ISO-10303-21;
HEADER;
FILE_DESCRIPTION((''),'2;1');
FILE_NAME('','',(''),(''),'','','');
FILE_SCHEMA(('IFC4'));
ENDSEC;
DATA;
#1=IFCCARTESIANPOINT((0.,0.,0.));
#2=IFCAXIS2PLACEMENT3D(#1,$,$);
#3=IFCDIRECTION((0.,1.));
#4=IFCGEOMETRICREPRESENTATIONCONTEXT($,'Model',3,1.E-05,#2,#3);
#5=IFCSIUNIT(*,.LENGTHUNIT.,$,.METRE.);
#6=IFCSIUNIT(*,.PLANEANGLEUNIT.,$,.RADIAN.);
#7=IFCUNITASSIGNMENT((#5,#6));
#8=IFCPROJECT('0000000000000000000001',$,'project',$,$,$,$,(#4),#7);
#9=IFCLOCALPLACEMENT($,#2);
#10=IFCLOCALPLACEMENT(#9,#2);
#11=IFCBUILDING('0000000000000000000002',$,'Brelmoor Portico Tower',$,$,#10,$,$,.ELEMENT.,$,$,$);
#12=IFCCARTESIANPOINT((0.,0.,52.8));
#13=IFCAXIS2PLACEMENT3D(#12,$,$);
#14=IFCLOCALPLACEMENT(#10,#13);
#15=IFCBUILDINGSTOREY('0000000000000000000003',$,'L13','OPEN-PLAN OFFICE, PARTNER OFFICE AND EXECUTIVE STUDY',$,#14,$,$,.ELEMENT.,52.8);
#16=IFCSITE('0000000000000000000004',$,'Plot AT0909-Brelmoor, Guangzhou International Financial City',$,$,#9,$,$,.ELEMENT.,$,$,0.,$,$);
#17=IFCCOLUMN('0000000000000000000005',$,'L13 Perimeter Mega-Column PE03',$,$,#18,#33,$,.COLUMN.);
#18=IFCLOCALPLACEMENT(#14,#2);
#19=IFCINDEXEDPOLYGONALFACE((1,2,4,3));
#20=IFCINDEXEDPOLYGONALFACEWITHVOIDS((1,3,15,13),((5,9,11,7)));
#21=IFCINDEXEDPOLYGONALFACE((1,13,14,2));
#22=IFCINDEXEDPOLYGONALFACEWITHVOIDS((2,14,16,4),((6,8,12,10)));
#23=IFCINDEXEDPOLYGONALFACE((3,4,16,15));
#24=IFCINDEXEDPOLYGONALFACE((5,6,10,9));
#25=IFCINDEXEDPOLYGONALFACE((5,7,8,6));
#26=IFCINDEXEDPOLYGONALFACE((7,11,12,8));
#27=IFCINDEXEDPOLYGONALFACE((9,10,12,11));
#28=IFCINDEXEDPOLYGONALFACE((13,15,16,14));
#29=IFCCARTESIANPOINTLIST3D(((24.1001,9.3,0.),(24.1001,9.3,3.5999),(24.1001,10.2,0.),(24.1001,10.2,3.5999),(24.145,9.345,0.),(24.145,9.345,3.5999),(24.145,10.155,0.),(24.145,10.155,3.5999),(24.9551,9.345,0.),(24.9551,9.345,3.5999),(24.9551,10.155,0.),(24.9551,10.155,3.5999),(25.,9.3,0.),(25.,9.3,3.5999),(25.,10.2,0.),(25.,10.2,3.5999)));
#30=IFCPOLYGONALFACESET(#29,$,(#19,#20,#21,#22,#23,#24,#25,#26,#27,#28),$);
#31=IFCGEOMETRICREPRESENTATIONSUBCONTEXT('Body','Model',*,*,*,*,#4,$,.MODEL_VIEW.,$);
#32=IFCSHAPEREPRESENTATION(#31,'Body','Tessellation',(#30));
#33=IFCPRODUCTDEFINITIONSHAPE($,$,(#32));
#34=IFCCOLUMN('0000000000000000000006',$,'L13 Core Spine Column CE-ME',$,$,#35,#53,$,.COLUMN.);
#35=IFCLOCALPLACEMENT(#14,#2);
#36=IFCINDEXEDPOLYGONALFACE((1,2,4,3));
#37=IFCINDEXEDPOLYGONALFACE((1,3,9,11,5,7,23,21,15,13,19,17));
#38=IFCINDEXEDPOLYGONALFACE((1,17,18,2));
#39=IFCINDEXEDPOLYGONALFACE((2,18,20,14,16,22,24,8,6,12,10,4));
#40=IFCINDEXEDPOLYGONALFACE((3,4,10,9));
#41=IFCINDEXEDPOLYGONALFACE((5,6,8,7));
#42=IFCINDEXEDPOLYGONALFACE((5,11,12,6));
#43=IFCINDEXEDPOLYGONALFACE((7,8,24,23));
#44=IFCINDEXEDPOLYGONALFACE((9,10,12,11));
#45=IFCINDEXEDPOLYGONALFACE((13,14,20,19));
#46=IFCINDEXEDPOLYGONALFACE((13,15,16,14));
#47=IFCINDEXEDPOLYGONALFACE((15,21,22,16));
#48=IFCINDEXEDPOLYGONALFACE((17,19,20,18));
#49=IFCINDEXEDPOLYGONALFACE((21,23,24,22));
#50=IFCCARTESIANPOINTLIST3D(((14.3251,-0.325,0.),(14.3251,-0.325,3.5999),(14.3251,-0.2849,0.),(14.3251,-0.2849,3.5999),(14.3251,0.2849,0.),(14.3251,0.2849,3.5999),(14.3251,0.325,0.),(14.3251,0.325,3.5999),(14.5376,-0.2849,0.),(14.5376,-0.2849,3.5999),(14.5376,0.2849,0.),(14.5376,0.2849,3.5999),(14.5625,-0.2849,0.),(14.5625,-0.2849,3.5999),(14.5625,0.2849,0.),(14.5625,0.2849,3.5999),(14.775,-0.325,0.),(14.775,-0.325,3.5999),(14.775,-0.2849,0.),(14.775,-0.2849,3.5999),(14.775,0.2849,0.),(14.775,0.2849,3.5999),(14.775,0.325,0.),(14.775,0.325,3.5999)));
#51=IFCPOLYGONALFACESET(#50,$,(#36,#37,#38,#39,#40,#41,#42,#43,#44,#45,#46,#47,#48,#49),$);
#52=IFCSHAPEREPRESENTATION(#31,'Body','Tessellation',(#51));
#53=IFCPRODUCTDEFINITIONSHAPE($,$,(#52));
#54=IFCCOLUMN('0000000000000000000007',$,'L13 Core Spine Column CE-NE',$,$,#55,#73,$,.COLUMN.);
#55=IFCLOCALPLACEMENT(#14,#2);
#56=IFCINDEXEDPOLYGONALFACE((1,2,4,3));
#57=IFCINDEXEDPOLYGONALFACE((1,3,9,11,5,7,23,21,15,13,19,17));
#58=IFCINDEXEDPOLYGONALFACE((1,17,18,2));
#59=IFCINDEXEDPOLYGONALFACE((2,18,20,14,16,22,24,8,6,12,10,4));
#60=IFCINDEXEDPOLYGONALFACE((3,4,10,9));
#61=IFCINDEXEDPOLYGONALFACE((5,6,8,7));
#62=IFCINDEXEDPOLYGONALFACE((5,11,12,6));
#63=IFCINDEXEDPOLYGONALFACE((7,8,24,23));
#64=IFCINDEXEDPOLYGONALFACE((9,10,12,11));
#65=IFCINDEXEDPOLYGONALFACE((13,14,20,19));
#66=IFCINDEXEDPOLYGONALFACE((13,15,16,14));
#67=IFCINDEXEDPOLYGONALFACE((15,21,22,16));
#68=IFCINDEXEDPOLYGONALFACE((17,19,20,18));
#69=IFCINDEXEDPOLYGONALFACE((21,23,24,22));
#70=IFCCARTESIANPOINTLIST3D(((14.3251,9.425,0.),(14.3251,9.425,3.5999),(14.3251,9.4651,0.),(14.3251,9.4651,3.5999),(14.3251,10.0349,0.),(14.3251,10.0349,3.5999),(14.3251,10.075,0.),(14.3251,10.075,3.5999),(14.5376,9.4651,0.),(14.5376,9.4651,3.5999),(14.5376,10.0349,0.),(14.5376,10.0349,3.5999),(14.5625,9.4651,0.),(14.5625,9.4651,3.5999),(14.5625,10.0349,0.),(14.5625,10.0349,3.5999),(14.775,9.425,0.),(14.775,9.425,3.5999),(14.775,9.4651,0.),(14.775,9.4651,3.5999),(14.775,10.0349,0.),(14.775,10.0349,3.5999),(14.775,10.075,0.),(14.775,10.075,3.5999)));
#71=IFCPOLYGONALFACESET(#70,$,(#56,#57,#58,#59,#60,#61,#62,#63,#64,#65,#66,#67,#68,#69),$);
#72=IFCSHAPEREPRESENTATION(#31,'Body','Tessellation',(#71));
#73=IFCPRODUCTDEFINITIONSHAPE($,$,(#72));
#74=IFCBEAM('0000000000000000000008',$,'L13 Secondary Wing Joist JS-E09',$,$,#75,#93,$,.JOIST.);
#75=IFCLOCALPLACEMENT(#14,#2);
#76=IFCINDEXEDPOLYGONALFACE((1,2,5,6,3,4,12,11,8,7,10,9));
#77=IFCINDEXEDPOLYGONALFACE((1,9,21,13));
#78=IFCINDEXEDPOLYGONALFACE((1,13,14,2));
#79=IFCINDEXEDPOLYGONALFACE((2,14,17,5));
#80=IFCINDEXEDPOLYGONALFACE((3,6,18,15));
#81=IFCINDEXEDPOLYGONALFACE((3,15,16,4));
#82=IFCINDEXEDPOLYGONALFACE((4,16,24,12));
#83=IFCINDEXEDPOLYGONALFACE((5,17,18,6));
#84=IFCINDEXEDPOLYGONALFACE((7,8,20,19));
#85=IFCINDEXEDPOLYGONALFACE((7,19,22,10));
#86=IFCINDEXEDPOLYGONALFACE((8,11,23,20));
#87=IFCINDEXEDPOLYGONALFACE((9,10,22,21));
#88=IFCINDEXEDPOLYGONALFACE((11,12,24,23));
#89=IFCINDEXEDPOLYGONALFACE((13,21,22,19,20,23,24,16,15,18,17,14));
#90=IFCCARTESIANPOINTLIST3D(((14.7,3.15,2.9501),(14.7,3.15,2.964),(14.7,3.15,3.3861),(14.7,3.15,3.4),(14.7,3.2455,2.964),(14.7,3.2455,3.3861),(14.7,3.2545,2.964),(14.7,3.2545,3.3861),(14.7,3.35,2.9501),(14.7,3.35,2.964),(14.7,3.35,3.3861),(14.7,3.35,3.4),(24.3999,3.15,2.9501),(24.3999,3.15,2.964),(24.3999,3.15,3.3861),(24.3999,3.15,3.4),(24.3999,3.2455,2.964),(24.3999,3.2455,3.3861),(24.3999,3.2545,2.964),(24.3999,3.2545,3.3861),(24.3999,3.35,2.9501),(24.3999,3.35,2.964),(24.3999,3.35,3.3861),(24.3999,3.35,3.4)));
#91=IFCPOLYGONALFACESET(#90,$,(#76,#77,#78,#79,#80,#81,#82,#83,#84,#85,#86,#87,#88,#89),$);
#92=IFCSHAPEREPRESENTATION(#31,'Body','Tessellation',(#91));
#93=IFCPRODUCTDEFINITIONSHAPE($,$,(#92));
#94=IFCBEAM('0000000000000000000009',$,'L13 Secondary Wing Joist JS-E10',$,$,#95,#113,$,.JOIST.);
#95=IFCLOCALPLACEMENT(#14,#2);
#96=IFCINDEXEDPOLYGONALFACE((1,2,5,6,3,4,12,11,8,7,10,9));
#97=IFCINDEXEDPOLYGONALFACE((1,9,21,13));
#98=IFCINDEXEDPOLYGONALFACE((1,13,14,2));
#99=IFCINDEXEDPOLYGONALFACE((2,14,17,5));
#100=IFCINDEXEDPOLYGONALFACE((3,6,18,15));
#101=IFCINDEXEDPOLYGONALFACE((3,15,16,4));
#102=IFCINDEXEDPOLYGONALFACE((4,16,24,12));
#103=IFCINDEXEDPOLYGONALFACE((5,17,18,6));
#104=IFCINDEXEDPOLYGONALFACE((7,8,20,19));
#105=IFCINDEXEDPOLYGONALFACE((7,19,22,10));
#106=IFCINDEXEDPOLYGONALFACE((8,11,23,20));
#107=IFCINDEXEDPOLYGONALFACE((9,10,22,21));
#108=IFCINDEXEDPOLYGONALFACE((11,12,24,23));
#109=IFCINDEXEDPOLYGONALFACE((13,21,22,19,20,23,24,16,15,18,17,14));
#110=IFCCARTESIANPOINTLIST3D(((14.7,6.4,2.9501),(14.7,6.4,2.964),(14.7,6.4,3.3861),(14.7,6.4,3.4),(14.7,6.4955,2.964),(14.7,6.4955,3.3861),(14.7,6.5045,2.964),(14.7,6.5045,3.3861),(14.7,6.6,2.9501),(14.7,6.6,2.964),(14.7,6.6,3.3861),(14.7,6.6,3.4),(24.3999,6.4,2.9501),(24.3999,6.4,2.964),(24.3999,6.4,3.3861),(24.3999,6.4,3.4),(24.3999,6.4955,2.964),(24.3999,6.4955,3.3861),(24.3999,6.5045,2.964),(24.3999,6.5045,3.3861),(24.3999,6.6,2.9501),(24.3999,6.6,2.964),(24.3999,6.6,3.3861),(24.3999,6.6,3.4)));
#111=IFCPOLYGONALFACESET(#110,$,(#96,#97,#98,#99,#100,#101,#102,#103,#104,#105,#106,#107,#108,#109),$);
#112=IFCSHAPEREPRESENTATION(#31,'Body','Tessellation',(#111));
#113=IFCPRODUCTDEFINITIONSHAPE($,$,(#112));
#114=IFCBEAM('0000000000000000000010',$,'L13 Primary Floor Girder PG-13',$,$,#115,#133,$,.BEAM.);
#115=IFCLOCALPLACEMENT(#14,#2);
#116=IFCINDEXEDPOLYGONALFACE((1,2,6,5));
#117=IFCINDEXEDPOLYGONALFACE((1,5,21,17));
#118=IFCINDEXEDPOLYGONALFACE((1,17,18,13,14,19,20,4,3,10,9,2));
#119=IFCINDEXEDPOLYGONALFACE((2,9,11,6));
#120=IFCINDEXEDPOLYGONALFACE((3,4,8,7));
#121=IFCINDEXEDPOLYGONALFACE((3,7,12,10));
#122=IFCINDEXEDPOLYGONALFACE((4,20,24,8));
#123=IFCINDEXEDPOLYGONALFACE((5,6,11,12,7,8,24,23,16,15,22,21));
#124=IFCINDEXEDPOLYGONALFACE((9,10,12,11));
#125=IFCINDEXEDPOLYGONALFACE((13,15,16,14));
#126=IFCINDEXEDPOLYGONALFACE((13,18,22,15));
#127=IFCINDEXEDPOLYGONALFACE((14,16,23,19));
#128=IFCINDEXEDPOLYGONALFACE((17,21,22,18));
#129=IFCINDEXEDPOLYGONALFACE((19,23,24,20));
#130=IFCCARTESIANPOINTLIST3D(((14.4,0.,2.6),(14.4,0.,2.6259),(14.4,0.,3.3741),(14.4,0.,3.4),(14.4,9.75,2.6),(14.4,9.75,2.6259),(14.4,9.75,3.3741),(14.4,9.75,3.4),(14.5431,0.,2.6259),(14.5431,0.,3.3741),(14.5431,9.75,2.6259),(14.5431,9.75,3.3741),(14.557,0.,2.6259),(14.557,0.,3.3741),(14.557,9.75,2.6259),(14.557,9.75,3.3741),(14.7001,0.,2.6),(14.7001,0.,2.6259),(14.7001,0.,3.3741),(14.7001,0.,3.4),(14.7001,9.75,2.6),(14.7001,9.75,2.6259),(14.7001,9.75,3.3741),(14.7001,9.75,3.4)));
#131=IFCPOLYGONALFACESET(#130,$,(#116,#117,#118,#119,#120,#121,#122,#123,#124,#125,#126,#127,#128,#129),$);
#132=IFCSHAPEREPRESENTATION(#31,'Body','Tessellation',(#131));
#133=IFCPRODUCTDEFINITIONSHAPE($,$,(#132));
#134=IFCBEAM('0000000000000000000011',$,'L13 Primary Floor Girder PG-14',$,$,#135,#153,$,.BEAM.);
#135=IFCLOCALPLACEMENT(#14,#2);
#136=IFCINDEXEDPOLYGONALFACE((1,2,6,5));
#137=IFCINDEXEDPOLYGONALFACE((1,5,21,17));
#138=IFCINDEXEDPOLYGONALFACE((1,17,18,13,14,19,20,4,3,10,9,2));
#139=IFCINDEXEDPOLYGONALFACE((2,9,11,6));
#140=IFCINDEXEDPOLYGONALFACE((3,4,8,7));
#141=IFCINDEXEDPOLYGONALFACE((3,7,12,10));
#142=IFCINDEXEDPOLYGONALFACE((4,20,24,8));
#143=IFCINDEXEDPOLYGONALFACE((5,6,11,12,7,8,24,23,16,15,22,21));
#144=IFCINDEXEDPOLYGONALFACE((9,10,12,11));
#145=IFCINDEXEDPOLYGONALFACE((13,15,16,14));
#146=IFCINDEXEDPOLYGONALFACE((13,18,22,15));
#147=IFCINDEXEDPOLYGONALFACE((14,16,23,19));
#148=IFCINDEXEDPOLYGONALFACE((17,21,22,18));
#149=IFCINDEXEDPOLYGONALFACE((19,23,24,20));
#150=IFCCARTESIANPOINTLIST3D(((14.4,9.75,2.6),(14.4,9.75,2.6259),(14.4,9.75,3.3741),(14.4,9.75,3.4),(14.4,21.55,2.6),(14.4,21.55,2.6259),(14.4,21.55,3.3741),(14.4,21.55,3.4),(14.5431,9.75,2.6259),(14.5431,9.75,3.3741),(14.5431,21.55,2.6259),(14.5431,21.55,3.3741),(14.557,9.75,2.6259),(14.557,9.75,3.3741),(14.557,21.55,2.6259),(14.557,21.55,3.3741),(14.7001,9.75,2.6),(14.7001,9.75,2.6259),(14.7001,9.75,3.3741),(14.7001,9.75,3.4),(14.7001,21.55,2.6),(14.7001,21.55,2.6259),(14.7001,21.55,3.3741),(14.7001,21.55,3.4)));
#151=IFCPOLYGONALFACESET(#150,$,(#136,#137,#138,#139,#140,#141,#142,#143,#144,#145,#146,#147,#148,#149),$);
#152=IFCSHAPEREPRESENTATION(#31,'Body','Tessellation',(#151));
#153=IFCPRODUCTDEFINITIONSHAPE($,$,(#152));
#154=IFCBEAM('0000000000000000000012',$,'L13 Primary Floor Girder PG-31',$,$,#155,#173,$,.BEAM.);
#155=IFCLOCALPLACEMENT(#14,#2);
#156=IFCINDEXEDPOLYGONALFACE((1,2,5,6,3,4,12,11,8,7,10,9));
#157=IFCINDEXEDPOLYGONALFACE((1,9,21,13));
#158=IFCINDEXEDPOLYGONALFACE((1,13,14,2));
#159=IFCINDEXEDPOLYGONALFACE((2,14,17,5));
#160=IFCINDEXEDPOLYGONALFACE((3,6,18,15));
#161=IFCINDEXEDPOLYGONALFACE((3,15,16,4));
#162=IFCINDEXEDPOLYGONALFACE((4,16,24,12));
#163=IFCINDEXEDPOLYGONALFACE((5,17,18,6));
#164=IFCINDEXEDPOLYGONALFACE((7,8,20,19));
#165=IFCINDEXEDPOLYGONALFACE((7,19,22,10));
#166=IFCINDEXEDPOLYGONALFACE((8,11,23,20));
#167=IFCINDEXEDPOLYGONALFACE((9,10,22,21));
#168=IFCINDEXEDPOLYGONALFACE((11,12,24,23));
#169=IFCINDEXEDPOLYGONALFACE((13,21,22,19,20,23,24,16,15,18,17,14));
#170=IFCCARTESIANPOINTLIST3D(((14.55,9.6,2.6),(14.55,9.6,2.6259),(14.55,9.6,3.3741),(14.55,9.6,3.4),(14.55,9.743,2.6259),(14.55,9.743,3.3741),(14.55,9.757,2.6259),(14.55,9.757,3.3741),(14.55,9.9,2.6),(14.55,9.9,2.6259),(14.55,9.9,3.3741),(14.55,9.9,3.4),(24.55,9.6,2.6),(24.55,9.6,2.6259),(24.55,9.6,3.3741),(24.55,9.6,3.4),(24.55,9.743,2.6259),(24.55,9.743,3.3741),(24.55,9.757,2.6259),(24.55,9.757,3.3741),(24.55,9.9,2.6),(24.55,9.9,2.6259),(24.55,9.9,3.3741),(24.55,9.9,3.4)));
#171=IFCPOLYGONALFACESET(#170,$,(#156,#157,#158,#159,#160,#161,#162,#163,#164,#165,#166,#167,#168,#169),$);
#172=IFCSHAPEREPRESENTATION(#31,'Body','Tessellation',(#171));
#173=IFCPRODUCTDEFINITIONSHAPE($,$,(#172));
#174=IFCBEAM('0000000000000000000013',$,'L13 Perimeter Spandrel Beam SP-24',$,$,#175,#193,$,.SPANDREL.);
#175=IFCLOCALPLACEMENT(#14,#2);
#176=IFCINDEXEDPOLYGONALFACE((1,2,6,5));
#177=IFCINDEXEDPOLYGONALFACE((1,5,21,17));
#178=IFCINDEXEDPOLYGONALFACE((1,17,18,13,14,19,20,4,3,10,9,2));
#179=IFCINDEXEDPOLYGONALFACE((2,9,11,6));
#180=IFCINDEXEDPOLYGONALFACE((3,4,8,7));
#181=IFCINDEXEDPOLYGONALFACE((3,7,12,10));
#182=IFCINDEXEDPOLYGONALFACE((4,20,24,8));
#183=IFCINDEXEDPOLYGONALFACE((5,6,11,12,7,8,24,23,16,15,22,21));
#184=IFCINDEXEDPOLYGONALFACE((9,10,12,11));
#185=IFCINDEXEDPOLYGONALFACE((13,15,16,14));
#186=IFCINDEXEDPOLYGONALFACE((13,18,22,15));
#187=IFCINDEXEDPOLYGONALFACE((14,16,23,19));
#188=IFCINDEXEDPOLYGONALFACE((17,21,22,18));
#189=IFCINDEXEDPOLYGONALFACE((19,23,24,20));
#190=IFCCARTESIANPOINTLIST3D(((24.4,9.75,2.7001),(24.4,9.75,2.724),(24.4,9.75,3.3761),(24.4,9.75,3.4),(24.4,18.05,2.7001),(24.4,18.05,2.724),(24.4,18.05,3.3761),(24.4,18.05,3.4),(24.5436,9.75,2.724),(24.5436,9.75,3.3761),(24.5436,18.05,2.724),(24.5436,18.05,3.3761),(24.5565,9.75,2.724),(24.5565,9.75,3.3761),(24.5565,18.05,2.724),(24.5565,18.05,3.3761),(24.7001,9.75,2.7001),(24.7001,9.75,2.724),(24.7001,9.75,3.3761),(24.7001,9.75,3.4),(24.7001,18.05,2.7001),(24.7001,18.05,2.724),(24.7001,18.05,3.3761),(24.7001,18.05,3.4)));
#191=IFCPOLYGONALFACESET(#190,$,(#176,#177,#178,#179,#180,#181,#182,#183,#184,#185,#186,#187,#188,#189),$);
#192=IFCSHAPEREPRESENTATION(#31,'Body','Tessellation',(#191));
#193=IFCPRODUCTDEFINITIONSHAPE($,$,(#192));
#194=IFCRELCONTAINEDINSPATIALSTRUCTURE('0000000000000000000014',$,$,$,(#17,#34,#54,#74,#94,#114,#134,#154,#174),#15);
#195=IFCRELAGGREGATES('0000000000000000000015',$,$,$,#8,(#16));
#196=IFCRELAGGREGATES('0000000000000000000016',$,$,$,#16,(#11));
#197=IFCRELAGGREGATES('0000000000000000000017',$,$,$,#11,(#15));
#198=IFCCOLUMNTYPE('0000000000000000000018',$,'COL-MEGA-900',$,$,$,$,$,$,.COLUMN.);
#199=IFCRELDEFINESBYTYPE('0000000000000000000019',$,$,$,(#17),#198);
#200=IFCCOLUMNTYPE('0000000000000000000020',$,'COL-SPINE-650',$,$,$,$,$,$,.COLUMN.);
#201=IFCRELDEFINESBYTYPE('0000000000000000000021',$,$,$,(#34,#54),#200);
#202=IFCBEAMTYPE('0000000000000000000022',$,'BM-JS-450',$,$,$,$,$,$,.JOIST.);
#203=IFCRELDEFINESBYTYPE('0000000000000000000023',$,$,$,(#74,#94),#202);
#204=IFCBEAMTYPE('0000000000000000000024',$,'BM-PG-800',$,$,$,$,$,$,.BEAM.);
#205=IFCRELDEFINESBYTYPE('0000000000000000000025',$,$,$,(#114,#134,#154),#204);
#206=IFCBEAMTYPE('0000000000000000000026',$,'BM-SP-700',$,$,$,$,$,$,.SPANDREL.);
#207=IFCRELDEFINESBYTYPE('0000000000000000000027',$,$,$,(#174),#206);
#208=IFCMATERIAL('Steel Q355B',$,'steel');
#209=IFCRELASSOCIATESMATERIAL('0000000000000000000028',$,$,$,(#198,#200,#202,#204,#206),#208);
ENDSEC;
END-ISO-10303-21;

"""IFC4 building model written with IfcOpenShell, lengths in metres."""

from ifc_helpers import new_model, si_unit, direction, frame, origin, origin_2d, place, context, subcontext, project, spatial, hollow_rectangle, i_section, extrude, material, material_profile, profile_set, type_object, element, save


model = new_model("IFC4")

# Units and contexts
model_context = context("Model", 3, precision=1e-05, world=origin(), true_north=direction((0.0, 1.0)))
body_context = subcontext(model_context, "Body", "Model", "MODEL_VIEW")
ifc_project = project(units=[si_unit("LENGTHUNIT", "METRE"), si_unit("PLANEANGLEUNIT", "RADIAN")], contexts=[model_context])

# Site, building, storey
site_placement = place(None, origin())
site = spatial("IfcSite", under=ifc_project, at=site_placement, Name="Plot AT0909-Brelmoor, Guangzhou International Financial City", CompositionType="ELEMENT", RefElevation=0.0)
building_placement = place(site_placement, origin())
building = spatial("IfcBuilding", under=site, at=building_placement, Name="Brelmoor Portico Tower", CompositionType="ELEMENT")
storey_placement = place(building_placement, frame((0.0, 0.0, 52.8)))
storey = spatial("IfcBuildingStorey", under=building, at=storey_placement, Name="L13", Description="OPEN-PLAN OFFICE, PARTNER OFFICE AND EXECUTIVE STUDY", CompositionType="ELEMENT", Elevation=52.8)

# Columns
ifc_material_1 = material(Name="Steel Q355B", Category="steel")
ifc_material_profile_1 = material_profile(ifc_material_1, hollow_rectangle(XDim=0.8999, YDim=0.8999, WallThickness=0.0449, at=origin_2d()), Name="BOX 900x900x45")
ifc_profile_set_1 = profile_set([ifc_material_profile_1], Name="Steel Q355B")
column_type_1 = type_object("IfcColumnType", Name="COL-MEGA-900", PredefinedType="COLUMN", material=ifc_profile_set_1)
column_placement = place(storey_placement, frame((24.55, 9.75, 0.0), z_axis=(0.0, 0.0, 1.0), x_axis=(0.0, 1.0, 0.0)))
element("IfcColumn", 1, at=column_placement, inside=storey, type_object=column_type_1, Name="L13 Perimeter Mega-Column PE03", PredefinedType="COLUMN", context=body_context, shape_type="SweptSolid", body=[
    extrude(hollow_rectangle(XDim=0.8999, YDim=0.8999, WallThickness=0.0449, at=origin_2d()), origin(), (0.0, 0.0, 1.0), 3.5999),
])
ifc_material_profile_2 = material_profile(ifc_material_1, i_section(OverallWidth=0.45, OverallDepth=0.6499, WebThickness=0.0249, FlangeThickness=0.04, at=origin_2d()), Name="HW 650x450x25x40")
ifc_profile_set_2 = profile_set([ifc_material_profile_2], Name="Steel Q355B")
column_type_2 = type_object("IfcColumnType", Name="COL-SPINE-650", PredefinedType="COLUMN", material=ifc_profile_set_2)
for number, where, z_axis, x_axis, name in (
    (2, (14.55, 0.0, 0.0), (0.0, 0.0, 1.0), (1.0, 0.0, 0.0), "L13 Core Spine Column CE-ME"),
    (3, (14.55, 9.75, 0.0), (0.0, 0.0, 1.0), (1.0, 0.0, 0.0), "L13 Core Spine Column CE-NE"),
):
    element("IfcColumn", number, at=place(storey_placement, frame(where, z_axis=z_axis, x_axis=x_axis)), inside=storey, type_object=column_type_2, Name=name, PredefinedType="COLUMN", context=body_context, shape_type="SweptSolid", body=[
        extrude(i_section(OverallWidth=0.45, OverallDepth=0.6499, WebThickness=0.0249, FlangeThickness=0.04, at=origin_2d()), origin(), (0.0, 0.0, 1.0), 3.5999),
    ])

# Beams
ifc_material_profile_3 = material_profile(ifc_material_1, i_section(OverallWidth=0.2, OverallDepth=0.45, WebThickness=0.009, FlangeThickness=0.0139, at=origin_2d()), Name="HN 450x200x9x14")
ifc_profile_set_3 = profile_set([ifc_material_profile_3], Name="Steel Q355B")
beam_type_1 = type_object("IfcBeamType", Name="BM-JS-450", PredefinedType="JOIST", material=ifc_profile_set_3)
for number, where, z_axis, x_axis, name in (
    (4, (14.7, 3.25, 3.175), (1.0, 0.0, 0.0), (0.0, 1.0, 0.0), "L13 Secondary Wing Joist JS-E09"),
    (5, (14.7, 6.5, 3.175), (1.0, 0.0, 0.0), (0.0, 1.0, 0.0), "L13 Secondary Wing Joist JS-E10"),
):
    element("IfcBeam", number, at=place(storey_placement, frame(where, z_axis=z_axis, x_axis=x_axis)), inside=storey, type_object=beam_type_1, Name=name, PredefinedType="JOIST", context=body_context, shape_type="SweptSolid", body=[
        extrude(i_section(OverallWidth=0.2, OverallDepth=0.45, WebThickness=0.009, FlangeThickness=0.0139, at=origin_2d()), origin(), (0.0, 0.0, 1.0), 9.7),
    ])
ifc_material_profile_4 = material_profile(ifc_material_1, i_section(OverallWidth=0.3, OverallDepth=0.8, WebThickness=0.0139, FlangeThickness=0.0259, at=origin_2d()), Name="HN 800x300x14x26")
ifc_profile_set_4 = profile_set([ifc_material_profile_4], Name="Steel Q355B")
beam_type_2 = type_object("IfcBeamType", Name="BM-PG-800", PredefinedType="BEAM", material=ifc_profile_set_4)
beam_1_placement = place(storey_placement, frame((14.55, 0.0, 3.0), z_axis=(0.0, 1.0, 0.0), x_axis=(-1.0, 0.0, 0.0)))
element("IfcBeam", 6, at=beam_1_placement, inside=storey, type_object=beam_type_2, Name="L13 Primary Floor Girder PG-13", PredefinedType="BEAM", context=body_context, shape_type="SweptSolid", body=[
    extrude(i_section(OverallWidth=0.3, OverallDepth=0.8, WebThickness=0.0139, FlangeThickness=0.0259, at=origin_2d()), origin(), (0.0, 0.0, 1.0), 9.75),
])
beam_2_placement = place(storey_placement, frame((14.55, 9.75, 3.0), z_axis=(0.0, 1.0, 0.0), x_axis=(-1.0, 0.0, 0.0)))
element("IfcBeam", 7, at=beam_2_placement, inside=storey, type_object=beam_type_2, Name="L13 Primary Floor Girder PG-14", PredefinedType="BEAM", context=body_context, shape_type="SweptSolid", body=[
    extrude(i_section(OverallWidth=0.3, OverallDepth=0.8, WebThickness=0.0139, FlangeThickness=0.0259, at=origin_2d()), origin(), (0.0, 0.0, 1.0), 11.8),
])
beam_3_placement = place(storey_placement, frame((14.55, 9.75, 3.0), z_axis=(1.0, 0.0, 0.0), x_axis=(0.0, 1.0, 0.0)))
element("IfcBeam", 8, at=beam_3_placement, inside=storey, type_object=beam_type_2, Name="L13 Primary Floor Girder PG-31", PredefinedType="BEAM", context=body_context, shape_type="SweptSolid", body=[
    extrude(i_section(OverallWidth=0.3, OverallDepth=0.8, WebThickness=0.0139, FlangeThickness=0.0259, at=origin_2d()), origin(), (0.0, 0.0, 1.0), 10.0),
])
ifc_material_profile_5 = material_profile(ifc_material_1, i_section(OverallWidth=0.3, OverallDepth=0.7, WebThickness=0.0129, FlangeThickness=0.0239, at=origin_2d()), Name="HN 700x300x13x24")
ifc_profile_set_5 = profile_set([ifc_material_profile_5], Name="Steel Q355B")
beam_type_3 = type_object("IfcBeamType", Name="BM-SP-700", PredefinedType="SPANDREL", material=ifc_profile_set_5)
beam_4_placement = place(storey_placement, frame((24.55, 9.75, 3.05), z_axis=(0.0, 1.0, 0.0), x_axis=(-1.0, 0.0, 0.0)))
element("IfcBeam", 9, at=beam_4_placement, inside=storey, type_object=beam_type_3, Name="L13 Perimeter Spandrel Beam SP-24", PredefinedType="SPANDREL", context=body_context, shape_type="SweptSolid", body=[
    extrude(i_section(OverallWidth=0.3, OverallDepth=0.7, WebThickness=0.0129, FlangeThickness=0.0239, at=origin_2d()), origin(), (0.0, 0.0, 1.0), 8.3),
])

save(model, "model.ifc")
